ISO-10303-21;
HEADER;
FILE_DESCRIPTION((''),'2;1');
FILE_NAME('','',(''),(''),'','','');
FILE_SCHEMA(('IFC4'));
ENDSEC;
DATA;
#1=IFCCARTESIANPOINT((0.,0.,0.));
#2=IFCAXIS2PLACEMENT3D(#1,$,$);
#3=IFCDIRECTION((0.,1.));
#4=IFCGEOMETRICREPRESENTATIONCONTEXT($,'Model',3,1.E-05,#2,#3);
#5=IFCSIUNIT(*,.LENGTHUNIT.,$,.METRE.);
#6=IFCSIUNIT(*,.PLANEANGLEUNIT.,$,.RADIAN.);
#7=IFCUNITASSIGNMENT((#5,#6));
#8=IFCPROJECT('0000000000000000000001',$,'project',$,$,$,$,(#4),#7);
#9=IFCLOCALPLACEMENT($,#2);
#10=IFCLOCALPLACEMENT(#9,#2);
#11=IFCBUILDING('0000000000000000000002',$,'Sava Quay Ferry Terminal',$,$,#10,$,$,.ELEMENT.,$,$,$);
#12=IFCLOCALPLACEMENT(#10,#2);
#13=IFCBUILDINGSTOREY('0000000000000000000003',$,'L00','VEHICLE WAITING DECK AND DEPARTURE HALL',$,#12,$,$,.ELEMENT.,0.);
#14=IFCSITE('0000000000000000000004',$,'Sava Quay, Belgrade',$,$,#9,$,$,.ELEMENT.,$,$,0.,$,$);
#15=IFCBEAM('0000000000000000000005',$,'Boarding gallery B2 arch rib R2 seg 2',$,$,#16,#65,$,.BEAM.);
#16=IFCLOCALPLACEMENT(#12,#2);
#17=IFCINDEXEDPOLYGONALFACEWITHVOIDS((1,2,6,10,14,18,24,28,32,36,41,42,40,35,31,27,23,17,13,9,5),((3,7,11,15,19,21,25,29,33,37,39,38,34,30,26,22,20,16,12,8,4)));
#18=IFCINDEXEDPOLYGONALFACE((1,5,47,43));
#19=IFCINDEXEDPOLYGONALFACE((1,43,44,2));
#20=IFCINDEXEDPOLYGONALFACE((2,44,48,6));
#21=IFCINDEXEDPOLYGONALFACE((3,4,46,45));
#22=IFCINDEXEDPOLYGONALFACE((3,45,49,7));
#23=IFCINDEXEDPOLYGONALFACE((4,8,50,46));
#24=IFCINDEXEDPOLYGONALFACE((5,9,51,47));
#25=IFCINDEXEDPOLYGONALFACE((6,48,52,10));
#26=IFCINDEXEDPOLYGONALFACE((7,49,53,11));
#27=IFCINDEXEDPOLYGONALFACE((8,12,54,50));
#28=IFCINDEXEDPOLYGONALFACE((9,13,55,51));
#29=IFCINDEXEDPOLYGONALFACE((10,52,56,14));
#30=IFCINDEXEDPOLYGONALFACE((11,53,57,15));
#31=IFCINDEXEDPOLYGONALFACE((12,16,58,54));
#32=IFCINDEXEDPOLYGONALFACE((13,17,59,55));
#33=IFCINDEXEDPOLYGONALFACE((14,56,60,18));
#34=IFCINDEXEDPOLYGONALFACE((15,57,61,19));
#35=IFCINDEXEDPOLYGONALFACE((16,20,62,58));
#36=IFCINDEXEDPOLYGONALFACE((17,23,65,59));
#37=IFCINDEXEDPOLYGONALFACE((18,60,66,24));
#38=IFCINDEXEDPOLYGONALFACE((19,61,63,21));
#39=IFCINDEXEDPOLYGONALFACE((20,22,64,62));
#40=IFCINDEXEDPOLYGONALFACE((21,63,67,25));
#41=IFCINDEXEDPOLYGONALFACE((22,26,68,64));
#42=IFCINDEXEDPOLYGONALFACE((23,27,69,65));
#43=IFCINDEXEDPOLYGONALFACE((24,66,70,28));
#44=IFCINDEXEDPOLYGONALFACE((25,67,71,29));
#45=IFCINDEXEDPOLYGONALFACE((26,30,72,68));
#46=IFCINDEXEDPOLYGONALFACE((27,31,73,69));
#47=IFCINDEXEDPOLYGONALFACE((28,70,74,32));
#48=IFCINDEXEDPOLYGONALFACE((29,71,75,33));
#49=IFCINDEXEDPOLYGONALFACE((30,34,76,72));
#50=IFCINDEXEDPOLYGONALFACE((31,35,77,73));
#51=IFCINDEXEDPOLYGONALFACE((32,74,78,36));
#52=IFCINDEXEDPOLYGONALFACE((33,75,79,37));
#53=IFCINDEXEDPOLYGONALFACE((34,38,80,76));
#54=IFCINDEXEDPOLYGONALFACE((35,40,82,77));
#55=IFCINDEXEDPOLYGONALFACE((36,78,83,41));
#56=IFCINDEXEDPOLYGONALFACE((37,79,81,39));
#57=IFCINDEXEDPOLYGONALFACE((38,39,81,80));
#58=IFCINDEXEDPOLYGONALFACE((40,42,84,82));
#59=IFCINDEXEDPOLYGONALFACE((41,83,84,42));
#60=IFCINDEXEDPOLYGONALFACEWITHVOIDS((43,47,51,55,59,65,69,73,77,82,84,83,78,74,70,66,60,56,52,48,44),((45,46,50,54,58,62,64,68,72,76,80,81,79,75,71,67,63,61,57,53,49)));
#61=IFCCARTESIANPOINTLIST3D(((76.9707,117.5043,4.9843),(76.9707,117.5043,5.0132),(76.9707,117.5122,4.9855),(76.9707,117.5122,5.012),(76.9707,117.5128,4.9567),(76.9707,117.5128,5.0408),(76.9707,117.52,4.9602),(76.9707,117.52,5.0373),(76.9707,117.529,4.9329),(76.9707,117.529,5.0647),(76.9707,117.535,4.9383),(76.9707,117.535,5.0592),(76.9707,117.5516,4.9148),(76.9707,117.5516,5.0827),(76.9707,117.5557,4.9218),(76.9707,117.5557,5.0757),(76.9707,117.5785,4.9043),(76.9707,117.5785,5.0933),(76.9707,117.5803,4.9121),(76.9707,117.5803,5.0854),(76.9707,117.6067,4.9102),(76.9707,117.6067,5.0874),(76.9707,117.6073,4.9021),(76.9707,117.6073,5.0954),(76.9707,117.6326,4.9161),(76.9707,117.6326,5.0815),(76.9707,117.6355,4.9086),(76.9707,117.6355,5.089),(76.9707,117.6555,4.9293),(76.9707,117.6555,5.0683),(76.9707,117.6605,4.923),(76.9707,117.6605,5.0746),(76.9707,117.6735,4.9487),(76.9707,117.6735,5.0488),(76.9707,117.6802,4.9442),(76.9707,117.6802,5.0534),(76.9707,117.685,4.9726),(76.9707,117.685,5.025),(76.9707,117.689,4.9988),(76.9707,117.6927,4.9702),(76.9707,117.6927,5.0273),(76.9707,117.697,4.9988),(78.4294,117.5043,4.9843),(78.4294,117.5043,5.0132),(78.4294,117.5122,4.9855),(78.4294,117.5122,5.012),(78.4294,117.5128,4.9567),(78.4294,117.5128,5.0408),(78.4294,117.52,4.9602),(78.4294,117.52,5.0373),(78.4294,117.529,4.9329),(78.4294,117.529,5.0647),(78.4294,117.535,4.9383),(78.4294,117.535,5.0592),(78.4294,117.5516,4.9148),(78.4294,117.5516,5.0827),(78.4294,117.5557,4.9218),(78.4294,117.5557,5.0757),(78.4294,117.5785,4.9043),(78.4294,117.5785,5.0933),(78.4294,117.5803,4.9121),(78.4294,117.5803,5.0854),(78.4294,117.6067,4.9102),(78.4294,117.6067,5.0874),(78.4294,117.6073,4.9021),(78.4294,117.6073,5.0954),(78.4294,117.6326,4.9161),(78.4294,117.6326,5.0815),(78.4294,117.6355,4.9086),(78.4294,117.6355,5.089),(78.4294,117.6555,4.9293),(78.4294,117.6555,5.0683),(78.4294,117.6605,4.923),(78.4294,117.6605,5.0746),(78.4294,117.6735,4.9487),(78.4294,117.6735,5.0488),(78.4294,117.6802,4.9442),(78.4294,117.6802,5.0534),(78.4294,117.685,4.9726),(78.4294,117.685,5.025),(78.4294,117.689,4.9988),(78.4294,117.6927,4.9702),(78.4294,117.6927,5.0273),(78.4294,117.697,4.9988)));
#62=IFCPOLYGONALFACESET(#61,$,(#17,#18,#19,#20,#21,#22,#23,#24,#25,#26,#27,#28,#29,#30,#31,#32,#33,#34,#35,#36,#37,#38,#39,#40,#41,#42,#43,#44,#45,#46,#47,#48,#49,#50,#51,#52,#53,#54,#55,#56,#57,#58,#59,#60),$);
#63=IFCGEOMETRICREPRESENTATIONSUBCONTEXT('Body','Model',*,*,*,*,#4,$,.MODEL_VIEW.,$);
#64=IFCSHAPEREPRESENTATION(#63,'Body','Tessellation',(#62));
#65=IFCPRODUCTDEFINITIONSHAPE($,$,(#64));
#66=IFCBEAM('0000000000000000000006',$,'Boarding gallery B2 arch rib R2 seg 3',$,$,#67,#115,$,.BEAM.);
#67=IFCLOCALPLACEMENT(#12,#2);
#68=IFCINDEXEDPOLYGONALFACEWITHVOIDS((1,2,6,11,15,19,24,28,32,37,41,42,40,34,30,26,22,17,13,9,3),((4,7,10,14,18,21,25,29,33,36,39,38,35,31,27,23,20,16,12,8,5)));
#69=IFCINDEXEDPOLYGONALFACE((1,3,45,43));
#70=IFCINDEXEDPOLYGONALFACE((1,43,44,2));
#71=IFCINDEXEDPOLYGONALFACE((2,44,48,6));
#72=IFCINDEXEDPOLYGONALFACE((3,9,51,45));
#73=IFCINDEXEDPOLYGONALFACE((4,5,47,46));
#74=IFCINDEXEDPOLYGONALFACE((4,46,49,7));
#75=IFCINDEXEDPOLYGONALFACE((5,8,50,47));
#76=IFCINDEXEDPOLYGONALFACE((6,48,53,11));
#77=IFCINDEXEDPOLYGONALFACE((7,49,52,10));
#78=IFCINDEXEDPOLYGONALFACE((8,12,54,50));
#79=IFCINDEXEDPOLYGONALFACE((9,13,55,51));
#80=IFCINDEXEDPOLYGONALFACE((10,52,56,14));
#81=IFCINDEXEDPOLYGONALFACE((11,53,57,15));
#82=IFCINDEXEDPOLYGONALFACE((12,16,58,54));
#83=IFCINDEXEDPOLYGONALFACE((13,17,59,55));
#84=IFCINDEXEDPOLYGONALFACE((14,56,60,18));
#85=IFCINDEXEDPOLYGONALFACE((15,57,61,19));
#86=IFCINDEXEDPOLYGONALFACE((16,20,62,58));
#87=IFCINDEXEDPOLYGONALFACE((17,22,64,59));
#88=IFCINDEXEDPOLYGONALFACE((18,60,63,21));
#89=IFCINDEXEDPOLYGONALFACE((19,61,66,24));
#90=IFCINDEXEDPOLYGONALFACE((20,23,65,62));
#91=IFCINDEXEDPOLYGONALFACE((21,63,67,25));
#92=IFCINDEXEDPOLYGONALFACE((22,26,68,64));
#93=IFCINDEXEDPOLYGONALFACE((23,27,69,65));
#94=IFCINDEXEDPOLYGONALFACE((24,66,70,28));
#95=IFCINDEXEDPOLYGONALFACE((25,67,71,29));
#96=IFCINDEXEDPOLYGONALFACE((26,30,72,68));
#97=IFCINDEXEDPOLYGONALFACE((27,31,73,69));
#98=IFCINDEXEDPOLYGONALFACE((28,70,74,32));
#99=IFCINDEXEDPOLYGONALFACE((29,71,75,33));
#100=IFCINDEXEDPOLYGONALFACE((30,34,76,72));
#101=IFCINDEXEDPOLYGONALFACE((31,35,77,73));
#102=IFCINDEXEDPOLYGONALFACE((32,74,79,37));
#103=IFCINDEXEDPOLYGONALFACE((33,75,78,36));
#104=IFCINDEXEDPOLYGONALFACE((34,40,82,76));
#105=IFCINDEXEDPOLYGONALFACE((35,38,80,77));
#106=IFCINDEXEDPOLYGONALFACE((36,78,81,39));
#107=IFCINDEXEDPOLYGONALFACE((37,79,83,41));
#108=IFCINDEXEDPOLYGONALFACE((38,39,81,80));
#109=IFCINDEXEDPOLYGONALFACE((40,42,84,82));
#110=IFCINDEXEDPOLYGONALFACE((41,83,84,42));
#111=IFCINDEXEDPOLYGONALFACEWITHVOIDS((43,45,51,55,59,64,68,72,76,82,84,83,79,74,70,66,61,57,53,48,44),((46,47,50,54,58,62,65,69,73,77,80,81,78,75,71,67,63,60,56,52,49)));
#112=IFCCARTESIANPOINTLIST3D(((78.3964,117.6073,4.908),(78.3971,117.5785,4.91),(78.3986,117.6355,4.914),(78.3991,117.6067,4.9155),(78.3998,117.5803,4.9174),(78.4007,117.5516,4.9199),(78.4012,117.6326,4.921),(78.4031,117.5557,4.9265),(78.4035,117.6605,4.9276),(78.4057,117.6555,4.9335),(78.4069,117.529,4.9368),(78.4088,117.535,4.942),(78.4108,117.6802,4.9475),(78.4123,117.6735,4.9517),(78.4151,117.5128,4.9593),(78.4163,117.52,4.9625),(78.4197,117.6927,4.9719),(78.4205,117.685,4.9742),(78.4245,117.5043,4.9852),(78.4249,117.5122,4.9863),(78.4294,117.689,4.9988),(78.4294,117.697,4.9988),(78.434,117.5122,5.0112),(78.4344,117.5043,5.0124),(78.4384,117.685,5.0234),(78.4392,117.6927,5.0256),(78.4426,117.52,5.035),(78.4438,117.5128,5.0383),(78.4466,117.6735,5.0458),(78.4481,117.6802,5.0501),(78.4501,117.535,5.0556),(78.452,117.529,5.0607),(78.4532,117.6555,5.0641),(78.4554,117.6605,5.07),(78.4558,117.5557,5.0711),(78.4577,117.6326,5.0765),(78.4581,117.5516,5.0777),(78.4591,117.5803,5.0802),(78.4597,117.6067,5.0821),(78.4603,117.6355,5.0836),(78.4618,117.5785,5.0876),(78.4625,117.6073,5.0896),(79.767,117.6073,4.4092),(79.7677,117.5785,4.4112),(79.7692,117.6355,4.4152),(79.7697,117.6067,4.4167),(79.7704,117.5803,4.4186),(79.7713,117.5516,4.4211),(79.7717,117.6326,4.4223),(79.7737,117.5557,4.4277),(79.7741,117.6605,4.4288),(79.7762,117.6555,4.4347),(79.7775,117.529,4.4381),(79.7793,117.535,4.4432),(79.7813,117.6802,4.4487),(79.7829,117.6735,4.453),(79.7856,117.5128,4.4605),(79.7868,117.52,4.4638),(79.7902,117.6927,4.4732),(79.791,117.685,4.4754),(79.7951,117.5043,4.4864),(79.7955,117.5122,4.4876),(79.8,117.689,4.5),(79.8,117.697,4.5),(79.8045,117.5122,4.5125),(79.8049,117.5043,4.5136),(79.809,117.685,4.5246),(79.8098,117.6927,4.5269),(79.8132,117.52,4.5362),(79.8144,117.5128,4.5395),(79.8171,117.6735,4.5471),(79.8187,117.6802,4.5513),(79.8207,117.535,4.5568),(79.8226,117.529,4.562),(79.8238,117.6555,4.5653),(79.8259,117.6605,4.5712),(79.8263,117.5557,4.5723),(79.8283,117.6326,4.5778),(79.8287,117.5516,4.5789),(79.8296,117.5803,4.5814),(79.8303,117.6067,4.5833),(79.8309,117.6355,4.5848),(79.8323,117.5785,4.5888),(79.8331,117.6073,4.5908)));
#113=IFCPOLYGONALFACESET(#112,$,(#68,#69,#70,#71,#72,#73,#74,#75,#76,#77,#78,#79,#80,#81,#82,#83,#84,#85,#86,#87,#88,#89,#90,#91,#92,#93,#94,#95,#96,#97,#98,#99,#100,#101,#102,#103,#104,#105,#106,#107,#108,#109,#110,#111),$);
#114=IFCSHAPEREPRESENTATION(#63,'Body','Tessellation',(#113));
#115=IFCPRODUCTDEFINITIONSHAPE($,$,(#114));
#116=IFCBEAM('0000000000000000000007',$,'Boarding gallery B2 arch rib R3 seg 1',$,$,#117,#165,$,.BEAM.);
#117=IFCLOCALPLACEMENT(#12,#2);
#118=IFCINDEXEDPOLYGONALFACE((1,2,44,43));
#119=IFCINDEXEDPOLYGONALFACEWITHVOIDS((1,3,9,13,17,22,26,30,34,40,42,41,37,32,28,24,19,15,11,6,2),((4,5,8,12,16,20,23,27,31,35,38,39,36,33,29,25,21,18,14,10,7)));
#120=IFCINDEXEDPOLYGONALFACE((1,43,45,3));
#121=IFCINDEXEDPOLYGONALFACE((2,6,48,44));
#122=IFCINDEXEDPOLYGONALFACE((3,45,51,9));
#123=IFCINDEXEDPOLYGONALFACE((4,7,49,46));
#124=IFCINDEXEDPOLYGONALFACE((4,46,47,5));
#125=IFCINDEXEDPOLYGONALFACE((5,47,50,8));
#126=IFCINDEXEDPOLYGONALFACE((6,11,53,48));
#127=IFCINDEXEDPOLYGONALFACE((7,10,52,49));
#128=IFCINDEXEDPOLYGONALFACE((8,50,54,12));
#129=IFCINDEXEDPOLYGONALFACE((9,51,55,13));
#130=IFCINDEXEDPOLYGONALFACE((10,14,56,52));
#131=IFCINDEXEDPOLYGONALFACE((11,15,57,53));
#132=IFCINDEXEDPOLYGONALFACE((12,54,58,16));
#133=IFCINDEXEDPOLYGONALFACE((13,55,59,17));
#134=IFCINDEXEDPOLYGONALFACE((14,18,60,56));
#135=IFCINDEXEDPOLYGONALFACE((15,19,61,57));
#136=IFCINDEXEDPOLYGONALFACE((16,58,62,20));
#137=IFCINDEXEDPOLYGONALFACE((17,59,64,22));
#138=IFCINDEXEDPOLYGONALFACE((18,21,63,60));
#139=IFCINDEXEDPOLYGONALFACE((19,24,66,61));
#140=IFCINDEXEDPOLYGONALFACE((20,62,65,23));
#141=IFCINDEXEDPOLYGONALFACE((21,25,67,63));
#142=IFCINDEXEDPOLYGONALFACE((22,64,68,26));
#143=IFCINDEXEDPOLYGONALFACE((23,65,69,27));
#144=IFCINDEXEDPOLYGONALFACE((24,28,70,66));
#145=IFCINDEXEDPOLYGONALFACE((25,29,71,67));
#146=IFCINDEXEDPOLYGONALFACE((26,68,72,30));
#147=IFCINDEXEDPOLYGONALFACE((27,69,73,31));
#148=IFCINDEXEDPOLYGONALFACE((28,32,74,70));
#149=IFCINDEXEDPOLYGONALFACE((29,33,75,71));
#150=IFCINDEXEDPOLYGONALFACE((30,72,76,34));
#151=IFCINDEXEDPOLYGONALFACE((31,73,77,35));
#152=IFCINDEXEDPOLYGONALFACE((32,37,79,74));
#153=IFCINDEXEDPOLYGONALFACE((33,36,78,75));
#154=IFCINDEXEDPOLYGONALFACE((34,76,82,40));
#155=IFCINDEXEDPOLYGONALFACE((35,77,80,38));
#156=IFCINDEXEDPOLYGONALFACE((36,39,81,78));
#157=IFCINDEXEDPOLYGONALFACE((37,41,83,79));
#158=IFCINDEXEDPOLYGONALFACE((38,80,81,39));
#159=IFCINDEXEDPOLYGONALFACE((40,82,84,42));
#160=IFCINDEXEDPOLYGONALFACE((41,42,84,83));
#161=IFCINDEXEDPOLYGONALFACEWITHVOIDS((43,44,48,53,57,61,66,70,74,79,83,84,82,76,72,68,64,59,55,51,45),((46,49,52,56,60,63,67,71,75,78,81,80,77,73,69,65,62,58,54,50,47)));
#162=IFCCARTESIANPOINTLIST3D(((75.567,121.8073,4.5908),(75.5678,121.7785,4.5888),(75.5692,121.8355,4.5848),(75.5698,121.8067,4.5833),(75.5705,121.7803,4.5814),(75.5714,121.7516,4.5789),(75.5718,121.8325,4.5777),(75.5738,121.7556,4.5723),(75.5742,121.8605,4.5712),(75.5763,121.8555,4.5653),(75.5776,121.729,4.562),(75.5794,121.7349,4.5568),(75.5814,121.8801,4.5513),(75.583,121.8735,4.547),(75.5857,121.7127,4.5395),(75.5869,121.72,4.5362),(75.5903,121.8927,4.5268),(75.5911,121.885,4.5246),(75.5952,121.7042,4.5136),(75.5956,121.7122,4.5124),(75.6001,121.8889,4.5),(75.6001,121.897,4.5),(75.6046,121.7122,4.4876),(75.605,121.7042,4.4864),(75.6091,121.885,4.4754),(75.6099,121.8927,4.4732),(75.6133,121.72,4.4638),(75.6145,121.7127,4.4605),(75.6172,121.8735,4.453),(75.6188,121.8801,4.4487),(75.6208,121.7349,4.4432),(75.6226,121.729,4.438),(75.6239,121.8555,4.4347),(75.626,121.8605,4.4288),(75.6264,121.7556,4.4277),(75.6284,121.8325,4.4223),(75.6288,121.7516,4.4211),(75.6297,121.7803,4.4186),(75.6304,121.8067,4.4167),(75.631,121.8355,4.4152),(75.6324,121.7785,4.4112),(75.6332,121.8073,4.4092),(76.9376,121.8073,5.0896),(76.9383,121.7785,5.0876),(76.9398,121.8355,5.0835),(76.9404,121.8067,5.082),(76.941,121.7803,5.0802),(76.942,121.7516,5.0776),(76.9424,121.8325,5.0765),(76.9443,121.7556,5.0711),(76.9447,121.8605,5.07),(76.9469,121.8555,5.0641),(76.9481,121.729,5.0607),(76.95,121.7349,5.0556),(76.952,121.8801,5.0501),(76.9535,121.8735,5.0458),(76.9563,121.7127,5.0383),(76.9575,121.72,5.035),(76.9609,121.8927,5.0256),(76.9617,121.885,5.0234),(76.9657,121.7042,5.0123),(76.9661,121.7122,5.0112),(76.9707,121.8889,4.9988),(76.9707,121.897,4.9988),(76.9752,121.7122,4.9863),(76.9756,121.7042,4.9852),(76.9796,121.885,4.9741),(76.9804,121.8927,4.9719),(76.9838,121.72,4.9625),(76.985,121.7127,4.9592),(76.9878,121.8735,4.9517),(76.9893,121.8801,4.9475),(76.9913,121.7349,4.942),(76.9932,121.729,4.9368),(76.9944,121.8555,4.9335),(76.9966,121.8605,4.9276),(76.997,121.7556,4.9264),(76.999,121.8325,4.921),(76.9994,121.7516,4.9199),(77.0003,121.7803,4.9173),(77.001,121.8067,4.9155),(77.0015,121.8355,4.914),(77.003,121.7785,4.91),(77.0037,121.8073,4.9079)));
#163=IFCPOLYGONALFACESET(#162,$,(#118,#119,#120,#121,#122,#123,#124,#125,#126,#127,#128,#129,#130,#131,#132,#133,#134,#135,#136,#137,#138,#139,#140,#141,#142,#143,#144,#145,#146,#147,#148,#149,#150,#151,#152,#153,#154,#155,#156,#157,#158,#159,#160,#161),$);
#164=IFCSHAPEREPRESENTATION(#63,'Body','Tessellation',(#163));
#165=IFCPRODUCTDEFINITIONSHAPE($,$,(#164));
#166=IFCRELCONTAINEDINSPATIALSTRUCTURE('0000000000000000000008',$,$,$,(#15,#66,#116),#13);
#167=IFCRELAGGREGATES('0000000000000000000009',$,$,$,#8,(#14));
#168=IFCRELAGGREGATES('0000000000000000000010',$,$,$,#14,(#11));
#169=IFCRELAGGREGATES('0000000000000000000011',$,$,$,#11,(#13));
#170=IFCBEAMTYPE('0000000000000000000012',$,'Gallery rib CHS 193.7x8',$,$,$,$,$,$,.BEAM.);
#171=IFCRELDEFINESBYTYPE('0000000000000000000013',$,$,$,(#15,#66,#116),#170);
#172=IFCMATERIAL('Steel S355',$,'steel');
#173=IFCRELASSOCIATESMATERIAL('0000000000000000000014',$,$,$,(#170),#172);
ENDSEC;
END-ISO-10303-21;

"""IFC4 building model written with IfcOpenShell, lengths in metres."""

from ifc_helpers import new_model, si_unit, direction, frame, origin, origin_2d, place, context, subcontext, project, spatial, hollow_circle, extrude, material, material_profile, profile_set, type_object, element, save


model = new_model("IFC4")

# Units and contexts
model_context = context("Model", 3, precision=1e-05, world=origin(), true_north=direction((0.0, 1.0)))
body_context = subcontext(model_context, "Body", "Model", "MODEL_VIEW")
ifc_project = project(units=[si_unit("LENGTHUNIT", "METRE"), si_unit("PLANEANGLEUNIT", "RADIAN")], contexts=[model_context])

# Site, building, storey
site_placement = place(None, origin())
site = spatial("IfcSite", under=ifc_project, at=site_placement, Name="Sava Quay, Belgrade", CompositionType="ELEMENT", RefElevation=0.0)
building_placement = place(site_placement, origin())
building = spatial("IfcBuilding", under=site, at=building_placement, Name="Sava Quay Ferry Terminal", CompositionType="ELEMENT")
storey_placement = place(building_placement, origin())
storey = spatial("IfcBuildingStorey", under=building, at=storey_placement, Name="L00", Description="VEHICLE WAITING DECK AND DEPARTURE HALL", CompositionType="ELEMENT", Elevation=0.0)

# Beams
ifc_material_1 = material(Name="Steel S355", Category="steel")
ifc_material_profile_1 = material_profile(ifc_material_1, hollow_circle(Radius=0.0969, WallThickness=0.0081, at=origin_2d()), Name="CHS 193.7 x 8.0")
ifc_profile_set_1 = profile_set([ifc_material_profile_1], Name="Steel S355")
beam_type_1 = type_object("IfcBeamType", Name="Gallery rib CHS 193.7x8", PredefinedType="BEAM", material=ifc_profile_set_1)
beam_placement = place(storey_placement, frame((76.9707, 117.6001, 4.9988), z_axis=(1.0, 0.0, 0.0), x_axis=(0.0, 1.0, 0.0)))
element("IfcBeam", 1, at=beam_placement, inside=storey, type_object=beam_type_1, Name="Boarding gallery B2 arch rib R2 seg 2", PredefinedType="BEAM", context=body_context, shape_type="SweptSolid", body=[
    extrude(hollow_circle(Radius=0.0969, WallThickness=0.0081, at=origin_2d()), origin(), (0.0, 0.0, 1.0), 1.4587),
])
for number, where, z_axis, x_axis, name in (
    (2, (78.4294, 117.6001, 4.9988), (0.93971, 0.0, -0.341972), (0.0, 1.0, 0.0), "Boarding gallery B2 arch rib R2 seg 3"),
    (3, (75.6001, 121.8, 4.5), (0.93971, 0.0, 0.341972), (0.0, 1.0, 0.0), "Boarding gallery B2 arch rib R3 seg 1"),
):
    element("IfcBeam", number, at=place(storey_placement, frame(where, z_axis=z_axis, x_axis=x_axis)), inside=storey, type_object=beam_type_1, Name=name, PredefinedType="BEAM", context=body_context, shape_type="SweptSolid", body=[
        extrude(hollow_circle(Radius=0.0969, WallThickness=0.0081, at=origin_2d()), origin(), (0.0, 0.0, 1.0), 1.4585),
    ])

save(model, "model.ifc")
